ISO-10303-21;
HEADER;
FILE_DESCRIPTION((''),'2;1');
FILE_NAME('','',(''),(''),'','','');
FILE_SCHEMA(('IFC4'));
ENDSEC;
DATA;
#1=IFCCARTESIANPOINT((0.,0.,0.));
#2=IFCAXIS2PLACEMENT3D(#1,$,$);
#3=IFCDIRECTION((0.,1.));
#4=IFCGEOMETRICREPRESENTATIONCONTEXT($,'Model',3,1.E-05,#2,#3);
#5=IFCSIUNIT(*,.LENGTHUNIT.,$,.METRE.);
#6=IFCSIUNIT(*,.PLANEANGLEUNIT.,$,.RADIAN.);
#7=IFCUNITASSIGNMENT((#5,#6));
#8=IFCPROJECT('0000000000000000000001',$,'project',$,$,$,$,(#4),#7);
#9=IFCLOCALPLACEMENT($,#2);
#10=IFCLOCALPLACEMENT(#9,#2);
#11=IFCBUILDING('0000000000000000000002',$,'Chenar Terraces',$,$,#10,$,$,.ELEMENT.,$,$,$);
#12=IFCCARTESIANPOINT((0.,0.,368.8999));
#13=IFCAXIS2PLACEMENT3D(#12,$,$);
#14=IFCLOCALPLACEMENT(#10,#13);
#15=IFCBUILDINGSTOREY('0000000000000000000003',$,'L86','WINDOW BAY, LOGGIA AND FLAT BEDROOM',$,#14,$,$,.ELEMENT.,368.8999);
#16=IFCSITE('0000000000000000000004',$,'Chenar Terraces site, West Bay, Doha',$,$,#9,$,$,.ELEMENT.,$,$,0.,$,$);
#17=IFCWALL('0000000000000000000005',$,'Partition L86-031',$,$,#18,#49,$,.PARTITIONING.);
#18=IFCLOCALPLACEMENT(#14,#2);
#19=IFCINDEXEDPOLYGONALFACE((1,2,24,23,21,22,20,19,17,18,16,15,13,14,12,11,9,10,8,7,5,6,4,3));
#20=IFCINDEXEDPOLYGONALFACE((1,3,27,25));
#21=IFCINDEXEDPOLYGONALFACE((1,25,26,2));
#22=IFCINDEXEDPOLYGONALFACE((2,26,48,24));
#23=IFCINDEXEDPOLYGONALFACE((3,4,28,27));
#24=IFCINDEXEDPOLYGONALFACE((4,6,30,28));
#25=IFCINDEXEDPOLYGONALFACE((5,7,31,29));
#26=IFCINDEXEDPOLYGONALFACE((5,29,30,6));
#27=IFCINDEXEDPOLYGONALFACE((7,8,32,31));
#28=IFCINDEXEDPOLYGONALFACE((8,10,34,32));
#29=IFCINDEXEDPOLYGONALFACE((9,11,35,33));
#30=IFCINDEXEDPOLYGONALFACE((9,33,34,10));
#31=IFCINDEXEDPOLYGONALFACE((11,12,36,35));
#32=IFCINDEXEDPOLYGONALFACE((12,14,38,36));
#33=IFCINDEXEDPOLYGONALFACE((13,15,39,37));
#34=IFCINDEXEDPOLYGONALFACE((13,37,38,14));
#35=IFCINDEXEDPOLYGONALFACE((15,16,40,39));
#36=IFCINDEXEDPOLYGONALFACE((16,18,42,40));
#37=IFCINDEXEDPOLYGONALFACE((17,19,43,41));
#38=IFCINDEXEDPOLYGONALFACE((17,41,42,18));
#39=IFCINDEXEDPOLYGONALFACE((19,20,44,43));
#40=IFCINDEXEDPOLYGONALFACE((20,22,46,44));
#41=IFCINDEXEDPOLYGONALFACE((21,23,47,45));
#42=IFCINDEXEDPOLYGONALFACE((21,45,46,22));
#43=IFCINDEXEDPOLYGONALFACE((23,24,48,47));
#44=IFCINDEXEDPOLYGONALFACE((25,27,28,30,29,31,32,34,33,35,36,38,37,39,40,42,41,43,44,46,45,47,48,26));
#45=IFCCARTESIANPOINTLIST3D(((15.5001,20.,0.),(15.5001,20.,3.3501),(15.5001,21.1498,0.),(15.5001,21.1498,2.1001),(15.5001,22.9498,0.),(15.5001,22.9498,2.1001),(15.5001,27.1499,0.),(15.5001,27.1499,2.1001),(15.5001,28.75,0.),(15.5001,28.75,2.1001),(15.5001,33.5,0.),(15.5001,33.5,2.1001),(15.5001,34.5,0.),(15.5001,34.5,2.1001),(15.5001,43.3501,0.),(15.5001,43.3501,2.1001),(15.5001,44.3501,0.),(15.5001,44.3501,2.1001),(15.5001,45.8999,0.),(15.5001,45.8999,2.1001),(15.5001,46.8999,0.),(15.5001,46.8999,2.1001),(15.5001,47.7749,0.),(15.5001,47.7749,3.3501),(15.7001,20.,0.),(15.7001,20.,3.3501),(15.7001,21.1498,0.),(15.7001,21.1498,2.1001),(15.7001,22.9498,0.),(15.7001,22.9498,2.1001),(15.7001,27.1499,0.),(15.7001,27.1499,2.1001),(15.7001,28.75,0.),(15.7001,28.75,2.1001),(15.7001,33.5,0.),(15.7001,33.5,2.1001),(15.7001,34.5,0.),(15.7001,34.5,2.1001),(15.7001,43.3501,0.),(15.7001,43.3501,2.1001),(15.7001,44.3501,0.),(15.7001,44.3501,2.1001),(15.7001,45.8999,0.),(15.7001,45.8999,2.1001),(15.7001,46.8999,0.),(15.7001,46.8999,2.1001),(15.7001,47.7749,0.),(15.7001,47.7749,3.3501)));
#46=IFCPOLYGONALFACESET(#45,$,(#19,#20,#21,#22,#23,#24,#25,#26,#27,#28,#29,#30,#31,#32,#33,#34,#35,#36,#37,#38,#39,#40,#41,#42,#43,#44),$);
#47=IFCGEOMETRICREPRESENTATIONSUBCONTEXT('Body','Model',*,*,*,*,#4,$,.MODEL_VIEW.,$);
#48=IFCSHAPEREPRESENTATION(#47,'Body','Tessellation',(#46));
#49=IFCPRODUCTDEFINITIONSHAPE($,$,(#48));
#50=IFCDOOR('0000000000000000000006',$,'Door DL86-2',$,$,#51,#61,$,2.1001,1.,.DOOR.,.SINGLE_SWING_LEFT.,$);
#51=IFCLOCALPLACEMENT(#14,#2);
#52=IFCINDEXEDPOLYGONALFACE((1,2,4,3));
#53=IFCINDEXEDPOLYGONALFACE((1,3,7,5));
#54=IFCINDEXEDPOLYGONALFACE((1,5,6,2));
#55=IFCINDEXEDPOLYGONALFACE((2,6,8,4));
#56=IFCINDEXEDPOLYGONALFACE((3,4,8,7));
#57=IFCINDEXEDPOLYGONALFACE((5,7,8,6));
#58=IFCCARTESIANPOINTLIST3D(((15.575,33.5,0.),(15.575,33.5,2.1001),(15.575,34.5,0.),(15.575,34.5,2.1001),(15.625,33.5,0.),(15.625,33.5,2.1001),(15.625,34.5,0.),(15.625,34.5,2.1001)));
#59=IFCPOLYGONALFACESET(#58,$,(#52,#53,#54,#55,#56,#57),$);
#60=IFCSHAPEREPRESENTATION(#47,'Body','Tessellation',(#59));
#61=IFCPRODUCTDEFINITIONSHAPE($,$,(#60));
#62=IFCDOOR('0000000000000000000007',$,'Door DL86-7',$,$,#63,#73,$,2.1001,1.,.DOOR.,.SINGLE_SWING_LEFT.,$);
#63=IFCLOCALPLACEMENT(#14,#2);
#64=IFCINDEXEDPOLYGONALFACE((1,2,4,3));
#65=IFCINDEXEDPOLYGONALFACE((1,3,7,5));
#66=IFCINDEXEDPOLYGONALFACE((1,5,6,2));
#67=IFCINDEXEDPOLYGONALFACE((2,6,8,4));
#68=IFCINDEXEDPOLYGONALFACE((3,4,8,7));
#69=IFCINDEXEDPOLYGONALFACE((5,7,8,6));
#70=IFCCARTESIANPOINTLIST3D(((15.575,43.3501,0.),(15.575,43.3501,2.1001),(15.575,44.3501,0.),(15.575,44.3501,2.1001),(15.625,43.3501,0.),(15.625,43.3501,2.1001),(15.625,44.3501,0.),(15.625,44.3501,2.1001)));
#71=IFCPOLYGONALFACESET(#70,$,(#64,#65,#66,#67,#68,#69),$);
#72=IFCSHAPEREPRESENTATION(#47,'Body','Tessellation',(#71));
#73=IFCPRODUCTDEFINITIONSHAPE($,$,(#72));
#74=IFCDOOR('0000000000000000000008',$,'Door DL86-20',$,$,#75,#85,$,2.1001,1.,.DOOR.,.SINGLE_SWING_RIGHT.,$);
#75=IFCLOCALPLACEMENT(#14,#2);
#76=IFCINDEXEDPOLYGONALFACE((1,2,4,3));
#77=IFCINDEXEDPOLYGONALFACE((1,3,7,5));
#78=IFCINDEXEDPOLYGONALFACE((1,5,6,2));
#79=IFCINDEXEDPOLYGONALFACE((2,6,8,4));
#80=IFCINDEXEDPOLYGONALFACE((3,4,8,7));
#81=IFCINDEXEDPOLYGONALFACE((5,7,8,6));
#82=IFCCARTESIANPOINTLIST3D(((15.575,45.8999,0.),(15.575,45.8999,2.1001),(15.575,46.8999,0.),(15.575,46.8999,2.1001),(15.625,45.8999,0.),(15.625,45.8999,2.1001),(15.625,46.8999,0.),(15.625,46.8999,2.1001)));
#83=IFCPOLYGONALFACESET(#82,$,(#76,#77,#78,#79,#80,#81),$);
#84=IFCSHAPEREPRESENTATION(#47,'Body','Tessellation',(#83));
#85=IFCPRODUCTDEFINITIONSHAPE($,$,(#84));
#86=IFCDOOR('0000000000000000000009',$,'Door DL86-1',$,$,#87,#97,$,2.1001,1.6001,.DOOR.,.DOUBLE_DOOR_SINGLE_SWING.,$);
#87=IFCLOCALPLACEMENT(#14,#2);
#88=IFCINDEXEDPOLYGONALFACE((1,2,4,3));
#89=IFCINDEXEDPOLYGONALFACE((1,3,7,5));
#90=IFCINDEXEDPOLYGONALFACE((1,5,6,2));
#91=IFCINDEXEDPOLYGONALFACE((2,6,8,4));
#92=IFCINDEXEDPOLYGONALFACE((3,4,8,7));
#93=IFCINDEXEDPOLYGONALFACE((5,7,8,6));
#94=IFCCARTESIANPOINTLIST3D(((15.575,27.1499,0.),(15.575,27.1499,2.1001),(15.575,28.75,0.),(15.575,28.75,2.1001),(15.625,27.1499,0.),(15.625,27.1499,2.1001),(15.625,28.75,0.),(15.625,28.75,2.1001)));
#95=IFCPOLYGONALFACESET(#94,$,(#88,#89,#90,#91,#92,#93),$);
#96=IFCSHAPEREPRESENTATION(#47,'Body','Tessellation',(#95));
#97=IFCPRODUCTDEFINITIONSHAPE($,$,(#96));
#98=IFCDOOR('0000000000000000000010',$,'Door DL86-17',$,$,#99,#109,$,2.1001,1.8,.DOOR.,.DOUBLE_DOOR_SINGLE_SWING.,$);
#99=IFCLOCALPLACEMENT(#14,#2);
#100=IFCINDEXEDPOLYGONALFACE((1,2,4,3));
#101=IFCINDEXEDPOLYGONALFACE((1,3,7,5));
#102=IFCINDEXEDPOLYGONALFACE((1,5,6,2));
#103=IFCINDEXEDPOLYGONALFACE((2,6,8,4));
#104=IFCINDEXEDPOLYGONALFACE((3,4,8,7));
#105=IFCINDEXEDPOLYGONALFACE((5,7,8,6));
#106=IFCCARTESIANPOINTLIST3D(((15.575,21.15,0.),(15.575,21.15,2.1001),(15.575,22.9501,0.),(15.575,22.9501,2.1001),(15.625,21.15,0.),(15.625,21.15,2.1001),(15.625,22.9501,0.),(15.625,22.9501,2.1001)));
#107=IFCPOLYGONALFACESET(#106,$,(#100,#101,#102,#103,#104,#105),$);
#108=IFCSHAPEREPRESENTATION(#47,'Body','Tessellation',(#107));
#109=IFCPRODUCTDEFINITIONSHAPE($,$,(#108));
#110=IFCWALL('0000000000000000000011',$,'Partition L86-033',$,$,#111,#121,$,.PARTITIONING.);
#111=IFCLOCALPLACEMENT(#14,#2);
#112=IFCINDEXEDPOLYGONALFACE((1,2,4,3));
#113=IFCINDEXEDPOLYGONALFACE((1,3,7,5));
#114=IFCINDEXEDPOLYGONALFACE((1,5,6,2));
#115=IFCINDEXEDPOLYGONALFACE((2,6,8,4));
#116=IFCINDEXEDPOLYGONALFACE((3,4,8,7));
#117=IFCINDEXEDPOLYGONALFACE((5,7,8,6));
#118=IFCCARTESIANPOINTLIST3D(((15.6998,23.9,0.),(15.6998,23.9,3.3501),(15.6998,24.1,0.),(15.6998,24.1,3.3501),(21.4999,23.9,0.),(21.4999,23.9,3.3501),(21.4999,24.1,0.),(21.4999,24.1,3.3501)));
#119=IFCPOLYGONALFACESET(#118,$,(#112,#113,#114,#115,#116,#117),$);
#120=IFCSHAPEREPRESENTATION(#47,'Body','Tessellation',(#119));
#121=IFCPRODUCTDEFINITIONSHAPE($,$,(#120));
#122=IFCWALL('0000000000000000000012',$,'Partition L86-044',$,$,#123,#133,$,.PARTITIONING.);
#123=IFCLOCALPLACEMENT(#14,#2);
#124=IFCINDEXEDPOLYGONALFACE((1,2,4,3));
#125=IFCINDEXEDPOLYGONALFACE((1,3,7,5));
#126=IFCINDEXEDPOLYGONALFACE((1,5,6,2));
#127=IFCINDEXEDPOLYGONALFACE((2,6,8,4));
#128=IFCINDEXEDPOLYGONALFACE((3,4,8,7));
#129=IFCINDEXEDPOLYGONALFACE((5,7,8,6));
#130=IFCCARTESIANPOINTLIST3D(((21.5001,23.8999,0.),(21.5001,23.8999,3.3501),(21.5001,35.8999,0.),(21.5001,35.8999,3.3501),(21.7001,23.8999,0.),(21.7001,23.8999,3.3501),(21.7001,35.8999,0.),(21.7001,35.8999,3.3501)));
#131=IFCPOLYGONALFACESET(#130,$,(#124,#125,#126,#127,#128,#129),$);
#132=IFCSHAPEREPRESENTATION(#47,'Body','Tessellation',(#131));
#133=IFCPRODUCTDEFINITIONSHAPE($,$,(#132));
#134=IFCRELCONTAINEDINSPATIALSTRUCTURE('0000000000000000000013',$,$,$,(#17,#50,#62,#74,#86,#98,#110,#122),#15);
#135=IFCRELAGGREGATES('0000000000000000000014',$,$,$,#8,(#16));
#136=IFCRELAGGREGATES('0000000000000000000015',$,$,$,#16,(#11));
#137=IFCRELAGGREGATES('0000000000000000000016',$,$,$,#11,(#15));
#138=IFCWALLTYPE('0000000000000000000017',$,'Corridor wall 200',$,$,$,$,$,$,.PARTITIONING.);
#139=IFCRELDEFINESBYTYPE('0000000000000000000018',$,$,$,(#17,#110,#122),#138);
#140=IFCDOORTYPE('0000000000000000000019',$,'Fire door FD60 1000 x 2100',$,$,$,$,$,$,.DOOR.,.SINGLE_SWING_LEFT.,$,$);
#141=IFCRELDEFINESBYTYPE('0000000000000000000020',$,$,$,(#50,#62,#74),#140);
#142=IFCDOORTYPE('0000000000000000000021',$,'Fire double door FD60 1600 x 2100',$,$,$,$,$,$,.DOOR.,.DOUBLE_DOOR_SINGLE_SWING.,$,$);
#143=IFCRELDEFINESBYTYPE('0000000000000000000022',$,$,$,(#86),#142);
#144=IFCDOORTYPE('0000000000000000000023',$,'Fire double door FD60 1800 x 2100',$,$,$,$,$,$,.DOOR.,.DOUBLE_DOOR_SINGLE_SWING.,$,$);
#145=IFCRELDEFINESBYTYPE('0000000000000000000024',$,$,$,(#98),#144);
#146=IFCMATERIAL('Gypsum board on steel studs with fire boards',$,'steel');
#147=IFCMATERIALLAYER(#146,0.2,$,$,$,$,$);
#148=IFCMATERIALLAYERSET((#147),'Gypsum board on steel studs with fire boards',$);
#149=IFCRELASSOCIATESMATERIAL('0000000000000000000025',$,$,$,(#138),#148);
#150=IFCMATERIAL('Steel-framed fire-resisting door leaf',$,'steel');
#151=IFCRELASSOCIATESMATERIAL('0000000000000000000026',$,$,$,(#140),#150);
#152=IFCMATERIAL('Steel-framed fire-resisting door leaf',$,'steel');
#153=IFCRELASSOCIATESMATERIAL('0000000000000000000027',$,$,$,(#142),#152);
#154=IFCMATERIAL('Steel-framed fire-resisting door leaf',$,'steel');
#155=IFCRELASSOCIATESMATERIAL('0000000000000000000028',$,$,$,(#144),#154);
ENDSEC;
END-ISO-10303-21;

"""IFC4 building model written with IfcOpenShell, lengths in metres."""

from ifc_helpers import new_model, si_unit, direction, frame, frame_2d, origin, place, context, subcontext, project, spatial, rectangle, extrude, material, layer, layer_set, type_object, element, fill, save


model = new_model("IFC4")

# Units and contexts
model_context = context("Model", 3, precision=1e-05, world=origin(), true_north=direction((0.0, 1.0)))
body_context = subcontext(model_context, "Body", "Model", "MODEL_VIEW")
ifc_project = project(units=[si_unit("LENGTHUNIT", "METRE"), si_unit("PLANEANGLEUNIT", "RADIAN")], contexts=[model_context])

# Site, building, storey
site_placement = place(None, origin())
site = spatial("IfcSite", under=ifc_project, at=site_placement, Name="Chenar Terraces site, West Bay, Doha", CompositionType="ELEMENT", RefElevation=0.0)
building_placement = place(site_placement, origin())
building = spatial("IfcBuilding", under=site, at=building_placement, Name="Chenar Terraces", CompositionType="ELEMENT")
storey_placement = place(building_placement, frame((0.0, 0.0, 368.8999)))
storey = spatial("IfcBuildingStorey", under=building, at=storey_placement, Name="L86", Description="WINDOW BAY, LOGGIA AND FLAT BEDROOM", CompositionType="ELEMENT", Elevation=368.8999)

# Wall, openings, doors
ifc_material_1 = material(Name="Gypsum board on steel studs with fire boards", Category="steel")
ifc_layer_1 = layer(ifc_material_1, 0.2)
ifc_layer_set_1 = layer_set([ifc_layer_1], Name="Gypsum board on steel studs with fire boards")
wall_type_1 = type_object("IfcWallType", Name="Corridor wall 200", PredefinedType="PARTITIONING", material=ifc_layer_set_1)
wall_1_placement = place(storey_placement, frame((15.6001, 20.0, 0.0), z_axis=(0.0, 0.0, 1.0), x_axis=(0.0, 1.0, 0.0)))
wall_1 = element("IfcWall", 1, at=wall_1_placement, inside=storey, type_object=wall_type_1, Name="Partition L86-031", PredefinedType="PARTITIONING", context=body_context, shape_type="SweptSolid", body=[
    extrude(rectangle(XDim=27.7749, YDim=0.2, at=frame_2d((13.8875, 0.0))), origin(), (0.0, 0.0, 1.0), 3.3501),
])
opening_1_placement = place(wall_1_placement, frame((7.1499, 0.0, 0.0)))
opening_1 = element("IfcOpeningElement", 2, at=opening_1_placement, cuts=wall_1, PredefinedType="OPENING", context=body_context, shape_type="SweptSolid", body=[
    extrude(rectangle(XDim=1.6001, YDim=2.1001, at=frame_2d((0.8, 1.05))), frame((0.0, 0.1099, 0.0), z_axis=(0.0, -1.0, 0.0), x_axis=(1.0, 0.0, 0.0)), (0.0, 0.0, 1.0), 0.22),
])
opening_2_placement = place(wall_1_placement, frame((13.5, 0.0, 0.0)))
opening_2 = element("IfcOpeningElement", 3, at=opening_2_placement, cuts=wall_1, PredefinedType="OPENING", context=body_context, shape_type="SweptSolid", body=[
    extrude(rectangle(XDim=1.0, YDim=2.1001, at=frame_2d((0.5, 1.05))), frame((0.0, 0.1099, 0.0), z_axis=(0.0, -1.0, 0.0), x_axis=(1.0, 0.0, 0.0)), (0.0, 0.0, 1.0), 0.22),
])
opening_3_placement = place(wall_1_placement, frame((23.3501, 0.0, 0.0)))
opening_3 = element("IfcOpeningElement", 4, at=opening_3_placement, cuts=wall_1, PredefinedType="OPENING", context=body_context, shape_type="SweptSolid", body=[
    extrude(rectangle(XDim=1.0, YDim=2.1001, at=frame_2d((0.5, 1.05))), frame((0.0, 0.1099, 0.0), z_axis=(0.0, -1.0, 0.0), x_axis=(1.0, 0.0, 0.0)), (0.0, 0.0, 1.0), 0.22),
])
opening_4_placement = place(wall_1_placement, frame((1.1499, 0.0, 0.0)))
opening_4 = element("IfcOpeningElement", 5, at=opening_4_placement, cuts=wall_1, PredefinedType="OPENING", context=body_context, shape_type="SweptSolid", body=[
    extrude(rectangle(XDim=1.8, YDim=2.1001, at=frame_2d((0.8999, 1.05))), frame((0.0, 0.1099, 0.0), z_axis=(0.0, -1.0, 0.0), x_axis=(1.0, 0.0, 0.0)), (0.0, 0.0, 1.0), 0.22),
])
opening_5_placement = place(wall_1_placement, frame((25.8999, 0.0, 0.0)))
opening_5 = element("IfcOpeningElement", 6, at=opening_5_placement, cuts=wall_1, PredefinedType="OPENING", context=body_context, shape_type="SweptSolid", body=[
    extrude(rectangle(XDim=1.0, YDim=2.1001, at=frame_2d((0.5, 1.05))), frame((0.0, 0.1099, 0.0), z_axis=(0.0, -1.0, 0.0), x_axis=(1.0, 0.0, 0.0)), (0.0, 0.0, 1.0), 0.22),
])
ifc_material_2 = material(Name="Steel-framed fire-resisting door leaf", Category="steel")
door_type_1 = type_object("IfcDoorType", Name="Fire door FD60 1000 x 2100", OperationType="SINGLE_SWING_LEFT", PredefinedType="DOOR", material=ifc_material_2)
door_1_placement = place(opening_2_placement, frame((1.0, 0.0, 0.0), z_axis=(0.0, 0.0, 1.0), x_axis=(-1.0, 0.0, 0.0)))
door_1 = element("IfcDoor", 7, at=door_1_placement, inside=storey, type_object=door_type_1, Name="Door DL86-2", OperationType="SINGLE_SWING_LEFT", OverallHeight=2.1001, OverallWidth=1.0, PredefinedType="DOOR", context=body_context, shape_type="SweptSolid", body=[
    extrude(rectangle(XDim=1.0, YDim=2.1001, at=frame_2d((0.5, 1.05))), frame((0.0, 0.0249, 0.0), z_axis=(0.0, -1.0, 0.0), x_axis=(1.0, 0.0, 0.0)), (0.0, 0.0, 1.0), 0.05),
])
fill(opening_2, door_1)
door_2_placement = place(opening_3_placement, frame((1.0, 0.0, 0.0), z_axis=(0.0, 0.0, 1.0), x_axis=(-1.0, 0.0, 0.0)))
door_2 = element("IfcDoor", 8, at=door_2_placement, inside=storey, type_object=door_type_1, Name="Door DL86-7", OperationType="SINGLE_SWING_LEFT", OverallHeight=2.1001, OverallWidth=1.0, PredefinedType="DOOR", context=body_context, shape_type="SweptSolid", body=[
    extrude(rectangle(XDim=1.0, YDim=2.1001, at=frame_2d((0.5, 1.05))), frame((0.0, 0.0249, 0.0), z_axis=(0.0, -1.0, 0.0), x_axis=(1.0, 0.0, 0.0)), (0.0, 0.0, 1.0), 0.05),
])
fill(opening_3, door_2)
door_3_placement = place(opening_5_placement, frame((1.0, 0.0, 0.0), z_axis=(0.0, 0.0, 1.0), x_axis=(-1.0, 0.0, 0.0)))
door_3 = element("IfcDoor", 9, at=door_3_placement, inside=storey, type_object=door_type_1, Name="Door DL86-20", OperationType="SINGLE_SWING_RIGHT", OverallHeight=2.1001, OverallWidth=1.0, PredefinedType="DOOR", context=body_context, shape_type="SweptSolid", body=[
    extrude(rectangle(XDim=1.0, YDim=2.1001, at=frame_2d((0.5, 1.05))), frame((0.0, 0.0249, 0.0), z_axis=(0.0, -1.0, 0.0), x_axis=(1.0, 0.0, 0.0)), (0.0, 0.0, 1.0), 0.05),
])
fill(opening_5, door_3)
ifc_material_3 = material(Name="Steel-framed fire-resisting door leaf", Category="steel")
door_type_2 = type_object("IfcDoorType", Name="Fire double door FD60 1600 x 2100", OperationType="DOUBLE_DOOR_SINGLE_SWING", PredefinedType="DOOR", material=ifc_material_3)
door_4_placement = place(opening_1_placement, frame((1.6001, 0.0, 0.0), z_axis=(0.0, 0.0, 1.0), x_axis=(-1.0, 0.0, 0.0)))
door_4 = element("IfcDoor", 10, at=door_4_placement, inside=storey, type_object=door_type_2, Name="Door DL86-1", OperationType="DOUBLE_DOOR_SINGLE_SWING", OverallHeight=2.1001, OverallWidth=1.6001, PredefinedType="DOOR", context=body_context, shape_type="SweptSolid", body=[
    extrude(rectangle(XDim=1.6001, YDim=2.1001, at=frame_2d((0.8, 1.05))), frame((0.0, 0.0249, 0.0), z_axis=(0.0, -1.0, 0.0), x_axis=(1.0, 0.0, 0.0)), (0.0, 0.0, 1.0), 0.05),
])
fill(opening_1, door_4)
ifc_material_4 = material(Name="Steel-framed fire-resisting door leaf", Category="steel")
door_type_3 = type_object("IfcDoorType", Name="Fire double door FD60 1800 x 2100", OperationType="DOUBLE_DOOR_SINGLE_SWING", PredefinedType="DOOR", material=ifc_material_4)
door_5_placement = place(opening_4_placement, frame((1.8, 0.0, 0.0), z_axis=(0.0, 0.0, 1.0), x_axis=(-1.0, 0.0, 0.0)))
door_5 = element("IfcDoor", 11, at=door_5_placement, inside=storey, type_object=door_type_3, Name="Door DL86-17", OperationType="DOUBLE_DOOR_SINGLE_SWING", OverallHeight=2.1001, OverallWidth=1.8, PredefinedType="DOOR", context=body_context, shape_type="SweptSolid", body=[
    extrude(rectangle(XDim=1.8, YDim=2.1001, at=frame_2d((0.8999, 1.05))), frame((0.0, 0.0249, 0.0), z_axis=(0.0, -1.0, 0.0), x_axis=(1.0, 0.0, 0.0)), (0.0, 0.0, 1.0), 0.05),
])
fill(opening_4, door_5)

# Walls
wall_2_placement = place(storey_placement, frame((15.7, 24.0, 0.0), z_axis=(0.0, 0.0, 1.0), x_axis=(1.0, 0.0, 0.0)))
element("IfcWall", 12, at=wall_2_placement, inside=storey, type_object=wall_type_1, Name="Partition L86-033", PredefinedType="PARTITIONING", context=body_context, shape_type="SweptSolid", body=[
    extrude(rectangle(XDim=5.8, YDim=0.2, at=frame_2d((2.8999, 0.0))), origin(), (0.0, 0.0, 1.0), 3.3501),
])
wall_3_placement = place(storey_placement, frame((21.6001, 23.8999, 0.0), z_axis=(0.0, 0.0, 1.0), x_axis=(0.0, 1.0, 0.0)))
element("IfcWall", 13, at=wall_3_placement, inside=storey, type_object=wall_type_1, Name="Partition L86-044", PredefinedType="PARTITIONING", context=body_context, shape_type="SweptSolid", body=[
    extrude(rectangle(XDim=12.0, YDim=0.2, at=frame_2d((6.0, 0.0))), origin(), (0.0, 0.0, 1.0), 3.3501),
])

save(model, "model.ifc")
